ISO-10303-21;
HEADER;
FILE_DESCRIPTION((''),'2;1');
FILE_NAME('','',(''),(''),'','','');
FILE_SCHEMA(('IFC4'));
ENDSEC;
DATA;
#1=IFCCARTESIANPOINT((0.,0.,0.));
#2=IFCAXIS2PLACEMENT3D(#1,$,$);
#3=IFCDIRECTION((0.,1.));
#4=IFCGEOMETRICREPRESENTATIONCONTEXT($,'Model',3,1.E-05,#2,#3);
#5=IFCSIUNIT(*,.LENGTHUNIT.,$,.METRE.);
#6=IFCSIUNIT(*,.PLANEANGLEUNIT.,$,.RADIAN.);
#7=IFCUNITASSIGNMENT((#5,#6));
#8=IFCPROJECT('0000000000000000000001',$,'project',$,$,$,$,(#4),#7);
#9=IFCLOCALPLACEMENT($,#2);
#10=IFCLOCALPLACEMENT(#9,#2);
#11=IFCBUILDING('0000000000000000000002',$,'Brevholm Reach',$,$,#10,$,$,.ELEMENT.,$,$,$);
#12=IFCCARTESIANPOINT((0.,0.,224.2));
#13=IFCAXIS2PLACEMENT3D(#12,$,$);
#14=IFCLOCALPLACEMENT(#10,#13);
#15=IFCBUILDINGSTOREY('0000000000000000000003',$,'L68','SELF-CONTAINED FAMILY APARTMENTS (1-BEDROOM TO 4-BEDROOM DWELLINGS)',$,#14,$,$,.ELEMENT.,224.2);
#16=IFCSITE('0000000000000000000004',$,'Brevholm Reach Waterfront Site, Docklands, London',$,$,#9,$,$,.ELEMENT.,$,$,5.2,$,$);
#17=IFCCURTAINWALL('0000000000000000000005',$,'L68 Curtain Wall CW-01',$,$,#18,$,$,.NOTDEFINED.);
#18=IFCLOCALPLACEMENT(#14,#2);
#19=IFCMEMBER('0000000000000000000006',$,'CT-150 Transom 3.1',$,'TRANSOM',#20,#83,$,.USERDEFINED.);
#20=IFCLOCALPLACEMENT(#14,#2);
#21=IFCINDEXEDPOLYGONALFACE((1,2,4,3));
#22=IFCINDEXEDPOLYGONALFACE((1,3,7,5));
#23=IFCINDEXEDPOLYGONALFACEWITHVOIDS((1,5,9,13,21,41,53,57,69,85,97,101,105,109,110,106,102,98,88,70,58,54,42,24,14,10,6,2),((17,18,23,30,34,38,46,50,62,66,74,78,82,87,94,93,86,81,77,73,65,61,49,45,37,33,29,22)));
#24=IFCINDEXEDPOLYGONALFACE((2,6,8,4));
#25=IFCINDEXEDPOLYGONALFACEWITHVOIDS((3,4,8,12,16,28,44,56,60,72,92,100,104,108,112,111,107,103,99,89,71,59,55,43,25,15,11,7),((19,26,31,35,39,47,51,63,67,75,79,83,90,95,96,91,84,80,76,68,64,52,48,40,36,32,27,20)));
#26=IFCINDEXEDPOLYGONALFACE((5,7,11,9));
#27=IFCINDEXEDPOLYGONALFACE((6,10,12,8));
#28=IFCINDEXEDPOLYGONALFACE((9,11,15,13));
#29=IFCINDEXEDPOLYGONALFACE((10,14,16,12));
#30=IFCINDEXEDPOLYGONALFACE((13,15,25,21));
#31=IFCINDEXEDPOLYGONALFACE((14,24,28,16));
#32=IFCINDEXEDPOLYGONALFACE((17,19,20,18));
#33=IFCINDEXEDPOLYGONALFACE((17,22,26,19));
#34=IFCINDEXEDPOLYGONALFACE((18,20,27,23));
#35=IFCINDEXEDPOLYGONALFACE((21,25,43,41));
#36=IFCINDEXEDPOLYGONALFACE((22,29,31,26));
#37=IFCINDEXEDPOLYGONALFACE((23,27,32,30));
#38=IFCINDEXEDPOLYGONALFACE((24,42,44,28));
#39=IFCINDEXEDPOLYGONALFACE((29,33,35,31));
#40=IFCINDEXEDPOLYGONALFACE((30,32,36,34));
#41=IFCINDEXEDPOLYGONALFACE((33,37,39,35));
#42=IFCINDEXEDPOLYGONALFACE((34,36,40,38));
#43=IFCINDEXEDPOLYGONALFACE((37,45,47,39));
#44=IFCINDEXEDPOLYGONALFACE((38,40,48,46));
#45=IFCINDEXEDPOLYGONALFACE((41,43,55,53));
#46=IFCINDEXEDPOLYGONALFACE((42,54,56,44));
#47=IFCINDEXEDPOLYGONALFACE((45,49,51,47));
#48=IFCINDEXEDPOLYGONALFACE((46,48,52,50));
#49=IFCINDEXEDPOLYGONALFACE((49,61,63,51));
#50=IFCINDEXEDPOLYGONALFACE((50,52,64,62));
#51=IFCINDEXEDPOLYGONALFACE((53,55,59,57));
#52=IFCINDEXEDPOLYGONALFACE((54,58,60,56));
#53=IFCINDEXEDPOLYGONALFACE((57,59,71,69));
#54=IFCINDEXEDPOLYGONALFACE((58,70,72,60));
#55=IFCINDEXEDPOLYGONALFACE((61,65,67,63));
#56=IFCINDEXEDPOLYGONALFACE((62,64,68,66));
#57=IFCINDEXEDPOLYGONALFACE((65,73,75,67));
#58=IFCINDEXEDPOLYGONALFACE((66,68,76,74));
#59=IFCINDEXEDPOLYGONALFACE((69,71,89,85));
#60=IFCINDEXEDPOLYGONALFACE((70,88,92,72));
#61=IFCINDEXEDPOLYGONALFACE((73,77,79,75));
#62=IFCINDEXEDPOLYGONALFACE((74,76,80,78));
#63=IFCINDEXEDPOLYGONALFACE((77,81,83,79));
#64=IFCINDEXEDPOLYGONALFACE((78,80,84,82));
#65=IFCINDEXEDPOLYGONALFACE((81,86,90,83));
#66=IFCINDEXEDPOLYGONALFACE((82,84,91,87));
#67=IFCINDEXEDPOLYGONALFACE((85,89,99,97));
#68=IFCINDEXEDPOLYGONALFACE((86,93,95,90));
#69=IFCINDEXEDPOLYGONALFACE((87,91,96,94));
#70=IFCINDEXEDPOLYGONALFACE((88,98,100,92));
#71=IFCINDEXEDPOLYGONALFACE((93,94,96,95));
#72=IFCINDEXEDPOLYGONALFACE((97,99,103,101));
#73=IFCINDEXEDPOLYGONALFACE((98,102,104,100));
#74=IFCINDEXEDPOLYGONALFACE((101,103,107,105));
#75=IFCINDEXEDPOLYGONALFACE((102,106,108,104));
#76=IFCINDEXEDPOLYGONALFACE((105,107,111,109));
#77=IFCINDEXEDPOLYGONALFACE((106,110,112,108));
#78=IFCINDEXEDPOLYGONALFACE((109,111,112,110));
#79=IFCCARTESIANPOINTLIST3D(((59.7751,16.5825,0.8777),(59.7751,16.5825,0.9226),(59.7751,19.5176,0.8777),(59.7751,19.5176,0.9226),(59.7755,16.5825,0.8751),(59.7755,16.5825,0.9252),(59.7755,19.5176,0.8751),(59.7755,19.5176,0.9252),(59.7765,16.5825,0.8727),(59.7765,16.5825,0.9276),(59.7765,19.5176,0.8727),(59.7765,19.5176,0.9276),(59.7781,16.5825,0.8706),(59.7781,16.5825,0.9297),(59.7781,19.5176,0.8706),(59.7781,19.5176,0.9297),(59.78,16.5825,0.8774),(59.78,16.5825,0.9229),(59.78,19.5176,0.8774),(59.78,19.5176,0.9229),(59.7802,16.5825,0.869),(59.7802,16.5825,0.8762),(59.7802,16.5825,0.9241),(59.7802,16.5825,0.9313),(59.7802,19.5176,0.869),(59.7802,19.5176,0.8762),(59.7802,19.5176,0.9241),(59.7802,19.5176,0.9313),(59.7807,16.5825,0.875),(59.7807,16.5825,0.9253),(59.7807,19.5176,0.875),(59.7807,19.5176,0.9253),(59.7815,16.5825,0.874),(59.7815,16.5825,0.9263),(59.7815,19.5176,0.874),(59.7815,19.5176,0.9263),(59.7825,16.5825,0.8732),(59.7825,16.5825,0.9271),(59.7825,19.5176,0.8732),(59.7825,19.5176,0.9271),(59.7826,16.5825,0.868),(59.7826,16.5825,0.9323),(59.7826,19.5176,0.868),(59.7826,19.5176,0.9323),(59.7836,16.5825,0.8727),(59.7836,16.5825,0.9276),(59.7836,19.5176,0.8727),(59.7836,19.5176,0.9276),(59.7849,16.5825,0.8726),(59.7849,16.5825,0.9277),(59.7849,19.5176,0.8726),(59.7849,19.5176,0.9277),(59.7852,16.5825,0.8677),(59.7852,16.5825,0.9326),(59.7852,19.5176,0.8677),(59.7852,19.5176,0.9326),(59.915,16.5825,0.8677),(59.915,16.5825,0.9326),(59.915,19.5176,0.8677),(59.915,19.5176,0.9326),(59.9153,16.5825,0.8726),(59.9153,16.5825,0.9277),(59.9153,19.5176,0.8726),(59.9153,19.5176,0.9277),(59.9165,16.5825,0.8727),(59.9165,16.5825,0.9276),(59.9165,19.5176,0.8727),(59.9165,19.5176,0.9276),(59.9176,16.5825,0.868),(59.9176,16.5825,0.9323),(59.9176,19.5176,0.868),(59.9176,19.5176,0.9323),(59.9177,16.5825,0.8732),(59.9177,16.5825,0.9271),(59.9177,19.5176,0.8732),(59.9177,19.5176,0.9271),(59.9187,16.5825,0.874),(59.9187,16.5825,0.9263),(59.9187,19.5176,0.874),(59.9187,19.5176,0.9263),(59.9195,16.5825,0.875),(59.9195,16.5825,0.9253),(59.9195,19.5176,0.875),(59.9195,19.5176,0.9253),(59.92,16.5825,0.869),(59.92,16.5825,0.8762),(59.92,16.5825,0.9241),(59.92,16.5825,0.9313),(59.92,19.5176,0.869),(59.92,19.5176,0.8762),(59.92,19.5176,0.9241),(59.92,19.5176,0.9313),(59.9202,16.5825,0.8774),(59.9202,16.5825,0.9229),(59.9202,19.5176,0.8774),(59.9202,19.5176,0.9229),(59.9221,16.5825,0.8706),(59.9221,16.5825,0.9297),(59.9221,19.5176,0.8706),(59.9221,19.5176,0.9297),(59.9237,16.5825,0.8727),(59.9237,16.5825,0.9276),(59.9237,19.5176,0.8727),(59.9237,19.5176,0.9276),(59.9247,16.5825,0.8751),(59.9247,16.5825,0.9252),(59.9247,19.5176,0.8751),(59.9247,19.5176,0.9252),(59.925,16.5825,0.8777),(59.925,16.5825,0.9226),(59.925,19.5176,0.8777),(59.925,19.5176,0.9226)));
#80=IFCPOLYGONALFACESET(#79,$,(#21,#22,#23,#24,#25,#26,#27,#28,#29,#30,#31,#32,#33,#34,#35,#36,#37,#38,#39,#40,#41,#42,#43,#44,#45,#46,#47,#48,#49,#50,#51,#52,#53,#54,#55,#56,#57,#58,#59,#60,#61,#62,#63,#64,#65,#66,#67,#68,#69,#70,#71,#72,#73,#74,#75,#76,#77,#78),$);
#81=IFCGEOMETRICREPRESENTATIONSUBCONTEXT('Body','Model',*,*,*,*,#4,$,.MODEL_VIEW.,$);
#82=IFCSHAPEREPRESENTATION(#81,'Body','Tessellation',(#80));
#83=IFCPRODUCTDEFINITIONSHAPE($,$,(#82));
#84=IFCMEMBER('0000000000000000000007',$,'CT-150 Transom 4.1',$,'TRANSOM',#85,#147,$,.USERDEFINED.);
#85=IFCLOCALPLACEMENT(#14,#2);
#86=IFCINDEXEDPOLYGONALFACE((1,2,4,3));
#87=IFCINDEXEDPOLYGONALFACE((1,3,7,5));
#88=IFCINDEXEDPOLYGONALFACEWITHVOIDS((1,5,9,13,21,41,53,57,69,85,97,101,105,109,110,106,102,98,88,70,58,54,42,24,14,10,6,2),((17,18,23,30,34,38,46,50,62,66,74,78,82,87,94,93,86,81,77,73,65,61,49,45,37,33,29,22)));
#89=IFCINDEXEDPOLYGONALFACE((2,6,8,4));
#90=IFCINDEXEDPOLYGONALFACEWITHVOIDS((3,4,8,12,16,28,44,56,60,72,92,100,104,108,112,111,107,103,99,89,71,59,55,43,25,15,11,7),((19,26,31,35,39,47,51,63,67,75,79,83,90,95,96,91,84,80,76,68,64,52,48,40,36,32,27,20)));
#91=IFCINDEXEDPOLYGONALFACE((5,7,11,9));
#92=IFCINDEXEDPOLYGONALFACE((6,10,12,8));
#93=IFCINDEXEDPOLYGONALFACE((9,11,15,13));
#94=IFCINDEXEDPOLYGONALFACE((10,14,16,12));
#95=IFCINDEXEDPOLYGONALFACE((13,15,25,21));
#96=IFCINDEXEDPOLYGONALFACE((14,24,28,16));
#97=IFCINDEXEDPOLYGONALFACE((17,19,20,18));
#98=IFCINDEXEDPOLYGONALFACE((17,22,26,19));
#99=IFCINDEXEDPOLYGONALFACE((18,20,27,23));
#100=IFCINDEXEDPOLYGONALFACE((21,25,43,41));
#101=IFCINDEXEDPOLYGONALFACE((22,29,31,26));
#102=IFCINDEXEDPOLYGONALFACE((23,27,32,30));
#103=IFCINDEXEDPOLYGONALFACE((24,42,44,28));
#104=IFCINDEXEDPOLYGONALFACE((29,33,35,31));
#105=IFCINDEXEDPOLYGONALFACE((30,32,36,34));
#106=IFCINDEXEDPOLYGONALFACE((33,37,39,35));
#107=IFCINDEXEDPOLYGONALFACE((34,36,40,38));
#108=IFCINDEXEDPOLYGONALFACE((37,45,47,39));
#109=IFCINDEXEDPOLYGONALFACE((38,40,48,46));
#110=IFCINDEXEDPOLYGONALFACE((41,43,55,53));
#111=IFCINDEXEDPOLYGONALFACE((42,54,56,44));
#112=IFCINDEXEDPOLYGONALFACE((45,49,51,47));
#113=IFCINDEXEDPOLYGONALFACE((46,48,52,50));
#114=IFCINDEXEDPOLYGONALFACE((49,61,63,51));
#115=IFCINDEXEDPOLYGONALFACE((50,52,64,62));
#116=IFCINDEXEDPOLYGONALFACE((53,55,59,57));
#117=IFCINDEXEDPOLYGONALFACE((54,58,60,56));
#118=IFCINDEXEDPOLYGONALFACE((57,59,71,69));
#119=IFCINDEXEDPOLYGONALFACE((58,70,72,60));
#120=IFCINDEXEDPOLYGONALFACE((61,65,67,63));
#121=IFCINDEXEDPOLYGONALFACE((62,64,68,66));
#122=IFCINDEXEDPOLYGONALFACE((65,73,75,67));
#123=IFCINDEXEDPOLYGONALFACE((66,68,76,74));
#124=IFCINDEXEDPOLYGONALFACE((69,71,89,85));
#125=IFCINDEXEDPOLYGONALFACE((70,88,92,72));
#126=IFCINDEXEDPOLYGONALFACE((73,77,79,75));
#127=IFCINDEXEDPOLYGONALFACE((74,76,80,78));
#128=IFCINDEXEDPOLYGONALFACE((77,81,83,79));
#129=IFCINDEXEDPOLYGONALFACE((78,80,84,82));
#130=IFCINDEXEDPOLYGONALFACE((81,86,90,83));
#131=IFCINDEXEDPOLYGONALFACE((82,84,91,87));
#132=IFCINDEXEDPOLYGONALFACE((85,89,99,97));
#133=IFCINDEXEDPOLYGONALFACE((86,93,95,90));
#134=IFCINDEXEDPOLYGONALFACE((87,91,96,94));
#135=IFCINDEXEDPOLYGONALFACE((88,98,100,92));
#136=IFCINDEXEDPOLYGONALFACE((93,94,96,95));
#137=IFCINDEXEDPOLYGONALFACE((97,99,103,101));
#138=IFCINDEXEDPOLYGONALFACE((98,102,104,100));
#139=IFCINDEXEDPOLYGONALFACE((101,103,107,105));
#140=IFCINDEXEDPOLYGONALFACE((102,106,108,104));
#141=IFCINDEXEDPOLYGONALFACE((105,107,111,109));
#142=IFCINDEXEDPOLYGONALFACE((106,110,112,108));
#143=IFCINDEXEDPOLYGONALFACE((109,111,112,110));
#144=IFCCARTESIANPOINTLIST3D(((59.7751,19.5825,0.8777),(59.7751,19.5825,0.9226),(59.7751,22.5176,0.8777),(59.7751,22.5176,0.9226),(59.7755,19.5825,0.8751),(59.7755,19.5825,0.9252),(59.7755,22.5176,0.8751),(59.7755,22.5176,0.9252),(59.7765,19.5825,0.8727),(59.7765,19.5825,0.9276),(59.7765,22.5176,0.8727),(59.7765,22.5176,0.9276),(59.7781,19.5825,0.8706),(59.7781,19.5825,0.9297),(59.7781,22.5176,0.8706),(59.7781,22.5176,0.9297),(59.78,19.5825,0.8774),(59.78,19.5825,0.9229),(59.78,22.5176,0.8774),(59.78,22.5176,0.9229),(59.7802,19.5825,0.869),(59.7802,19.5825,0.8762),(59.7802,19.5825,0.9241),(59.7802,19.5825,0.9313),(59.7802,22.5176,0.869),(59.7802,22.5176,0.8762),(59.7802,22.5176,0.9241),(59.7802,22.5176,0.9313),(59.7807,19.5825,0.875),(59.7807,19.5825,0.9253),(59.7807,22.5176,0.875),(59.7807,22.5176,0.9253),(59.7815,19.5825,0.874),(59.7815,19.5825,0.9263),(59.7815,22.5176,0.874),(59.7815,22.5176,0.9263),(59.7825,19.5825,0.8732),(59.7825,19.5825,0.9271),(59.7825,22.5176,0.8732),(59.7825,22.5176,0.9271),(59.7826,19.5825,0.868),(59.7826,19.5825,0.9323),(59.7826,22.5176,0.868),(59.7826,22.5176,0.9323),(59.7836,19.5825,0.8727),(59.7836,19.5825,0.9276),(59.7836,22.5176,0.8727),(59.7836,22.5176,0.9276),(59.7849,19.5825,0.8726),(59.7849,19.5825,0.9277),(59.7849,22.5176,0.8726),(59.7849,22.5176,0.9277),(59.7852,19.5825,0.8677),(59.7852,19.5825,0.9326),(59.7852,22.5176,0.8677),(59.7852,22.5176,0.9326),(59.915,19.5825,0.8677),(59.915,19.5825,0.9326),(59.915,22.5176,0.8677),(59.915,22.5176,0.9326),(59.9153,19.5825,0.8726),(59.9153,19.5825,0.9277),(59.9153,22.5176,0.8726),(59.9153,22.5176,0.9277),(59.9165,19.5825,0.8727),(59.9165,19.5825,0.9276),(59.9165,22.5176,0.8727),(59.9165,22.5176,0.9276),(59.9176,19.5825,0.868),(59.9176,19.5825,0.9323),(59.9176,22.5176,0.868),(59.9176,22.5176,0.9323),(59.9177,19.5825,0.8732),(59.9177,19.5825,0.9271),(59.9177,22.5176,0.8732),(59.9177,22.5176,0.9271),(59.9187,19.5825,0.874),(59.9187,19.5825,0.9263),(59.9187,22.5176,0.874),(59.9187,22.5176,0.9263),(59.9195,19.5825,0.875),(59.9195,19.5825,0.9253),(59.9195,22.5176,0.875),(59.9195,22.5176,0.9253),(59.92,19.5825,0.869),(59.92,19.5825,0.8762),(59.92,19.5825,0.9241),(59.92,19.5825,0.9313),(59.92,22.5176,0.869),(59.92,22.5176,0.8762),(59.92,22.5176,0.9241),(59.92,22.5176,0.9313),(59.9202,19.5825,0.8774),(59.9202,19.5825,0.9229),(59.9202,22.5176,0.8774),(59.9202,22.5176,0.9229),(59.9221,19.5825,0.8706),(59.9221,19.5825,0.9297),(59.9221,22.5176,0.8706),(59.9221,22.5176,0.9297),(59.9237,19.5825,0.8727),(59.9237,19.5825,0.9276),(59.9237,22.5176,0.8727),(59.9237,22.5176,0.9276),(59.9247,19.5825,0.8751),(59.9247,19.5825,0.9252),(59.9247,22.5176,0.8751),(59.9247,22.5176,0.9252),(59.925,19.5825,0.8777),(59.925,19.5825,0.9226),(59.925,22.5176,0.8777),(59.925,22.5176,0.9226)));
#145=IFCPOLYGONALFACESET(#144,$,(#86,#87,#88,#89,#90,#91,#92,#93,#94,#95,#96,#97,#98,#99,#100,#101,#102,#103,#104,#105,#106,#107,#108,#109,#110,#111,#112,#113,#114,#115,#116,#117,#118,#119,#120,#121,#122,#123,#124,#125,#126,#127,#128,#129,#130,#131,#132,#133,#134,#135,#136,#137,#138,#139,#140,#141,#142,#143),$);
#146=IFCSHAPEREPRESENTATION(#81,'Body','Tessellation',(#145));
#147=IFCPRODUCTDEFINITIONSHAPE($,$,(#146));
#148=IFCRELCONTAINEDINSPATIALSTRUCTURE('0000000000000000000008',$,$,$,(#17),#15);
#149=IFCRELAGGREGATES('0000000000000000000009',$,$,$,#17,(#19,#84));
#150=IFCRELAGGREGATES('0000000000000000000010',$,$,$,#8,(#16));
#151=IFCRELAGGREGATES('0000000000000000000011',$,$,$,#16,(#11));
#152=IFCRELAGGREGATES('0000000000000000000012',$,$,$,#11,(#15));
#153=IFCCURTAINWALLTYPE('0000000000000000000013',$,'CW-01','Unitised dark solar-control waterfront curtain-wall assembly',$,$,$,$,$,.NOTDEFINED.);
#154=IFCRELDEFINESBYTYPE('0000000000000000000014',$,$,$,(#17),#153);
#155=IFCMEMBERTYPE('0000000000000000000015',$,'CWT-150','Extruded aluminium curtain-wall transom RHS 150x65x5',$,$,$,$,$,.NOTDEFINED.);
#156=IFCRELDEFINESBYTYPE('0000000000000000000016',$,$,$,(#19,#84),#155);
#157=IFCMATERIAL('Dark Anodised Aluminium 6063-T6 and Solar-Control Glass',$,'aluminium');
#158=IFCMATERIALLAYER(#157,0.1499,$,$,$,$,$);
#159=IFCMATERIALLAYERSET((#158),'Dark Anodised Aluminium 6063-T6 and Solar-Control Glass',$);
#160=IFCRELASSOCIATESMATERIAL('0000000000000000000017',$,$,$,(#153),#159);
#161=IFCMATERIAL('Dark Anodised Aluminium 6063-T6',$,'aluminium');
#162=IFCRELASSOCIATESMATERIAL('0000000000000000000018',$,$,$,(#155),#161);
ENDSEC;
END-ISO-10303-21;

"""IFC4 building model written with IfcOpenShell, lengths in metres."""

from ifc_helpers import new_model, si_unit, direction, frame, origin, origin_2d, place, context, subcontext, project, spatial, hollow_rectangle, extrude, material, layer, layer_set, material_profile, profile_set, type_object, element, aggregate, save


model = new_model("IFC4")

# Units and contexts
model_context = context("Model", 3, precision=1e-05, world=origin(), true_north=direction((0.0, 1.0)))
body_context = subcontext(model_context, "Body", "Model", "MODEL_VIEW")
ifc_project = project(units=[si_unit("LENGTHUNIT", "METRE"), si_unit("PLANEANGLEUNIT", "RADIAN")], contexts=[model_context])

# Site, building, storey
site_placement = place(None, origin())
site = spatial("IfcSite", under=ifc_project, at=site_placement, Name="Brevholm Reach Waterfront Site, Docklands, London", CompositionType="ELEMENT", RefElevation=5.2)
building_placement = place(site_placement, origin())
building = spatial("IfcBuilding", under=site, at=building_placement, Name="Brevholm Reach", CompositionType="ELEMENT")
storey_placement = place(building_placement, frame((0.0, 0.0, 224.2)))
storey = spatial("IfcBuildingStorey", under=building, at=storey_placement, Name="L68", Description="SELF-CONTAINED FAMILY APARTMENTS (1-BEDROOM TO 4-BEDROOM DWELLINGS)", CompositionType="ELEMENT", Elevation=224.2)

# Curtain wall, members
ifc_material_1 = material(Name="Dark Anodised Aluminium 6063-T6 and Solar-Control Glass", Category="aluminium")
ifc_layer_1 = layer(ifc_material_1, 0.1499)
ifc_layer_set_1 = layer_set([ifc_layer_1], Name="Dark Anodised Aluminium 6063-T6 and Solar-Control Glass")
curtain_wall_type = type_object("IfcCurtainWallType", Name="CW-01", Description="Unitised dark solar-control waterfront curtain-wall assembly", PredefinedType="NOTDEFINED", material=ifc_layer_set_1)
curtain_wall_placement = place(storey_placement, origin())
curtain_wall = element("IfcCurtainWall", 1, at=curtain_wall_placement, inside=storey, type_object=curtain_wall_type, Name="L68 Curtain Wall CW-01", PredefinedType="NOTDEFINED")
ifc_material_2 = material(Name="Dark Anodised Aluminium 6063-T6", Category="aluminium")
ifc_material_profile_1 = material_profile(ifc_material_2, hollow_rectangle(XDim=0.0649, YDim=0.1499, WallThickness=0.0049, InnerFilletRadius=0.0049, OuterFilletRadius=0.01, at=origin_2d()), Name="RHS 150x65x5")
ifc_profile_set_1 = profile_set([ifc_material_profile_1], Name="Dark Anodised Aluminium 6063-T6")
member_type_1 = type_object("IfcMemberType", Name="CWT-150", Description="Extruded aluminium curtain-wall transom RHS 150x65x5", PredefinedType="NOTDEFINED", material=ifc_profile_set_1)
member_1_placement = place(storey_placement, frame((59.8501, 16.5825, 0.9001), z_axis=(0.0, 1.0, 0.0), x_axis=(0.0, 0.0, 1.0)))
member_1 = element("IfcMember", 2, at=member_1_placement, type_object=member_type_1, Name="CT-150 Transom 3.1", ObjectType="TRANSOM", PredefinedType="USERDEFINED", context=body_context, shape_type="SweptSolid", body=[
    extrude(hollow_rectangle(XDim=0.0649, YDim=0.1499, WallThickness=0.0049, InnerFilletRadius=0.0049, OuterFilletRadius=0.01, at=origin_2d()), origin(), (0.0, 0.0, 1.0), 2.9351),
])
member_2_placement = place(storey_placement, frame((59.8501, 19.5825, 0.9001), z_axis=(0.0, 1.0, 0.0), x_axis=(0.0, 0.0, 1.0)))
member_2 = element("IfcMember", 3, at=member_2_placement, type_object=member_type_1, Name="CT-150 Transom 4.1", ObjectType="TRANSOM", PredefinedType="USERDEFINED", context=body_context, shape_type="SweptSolid", body=[
    extrude(hollow_rectangle(XDim=0.0649, YDim=0.1499, WallThickness=0.0049, InnerFilletRadius=0.0049, OuterFilletRadius=0.01, at=origin_2d()), origin(), (0.0, 0.0, 1.0), 2.9351),
])
aggregate(curtain_wall, [member_1, member_2])

save(model, "model.ifc")
